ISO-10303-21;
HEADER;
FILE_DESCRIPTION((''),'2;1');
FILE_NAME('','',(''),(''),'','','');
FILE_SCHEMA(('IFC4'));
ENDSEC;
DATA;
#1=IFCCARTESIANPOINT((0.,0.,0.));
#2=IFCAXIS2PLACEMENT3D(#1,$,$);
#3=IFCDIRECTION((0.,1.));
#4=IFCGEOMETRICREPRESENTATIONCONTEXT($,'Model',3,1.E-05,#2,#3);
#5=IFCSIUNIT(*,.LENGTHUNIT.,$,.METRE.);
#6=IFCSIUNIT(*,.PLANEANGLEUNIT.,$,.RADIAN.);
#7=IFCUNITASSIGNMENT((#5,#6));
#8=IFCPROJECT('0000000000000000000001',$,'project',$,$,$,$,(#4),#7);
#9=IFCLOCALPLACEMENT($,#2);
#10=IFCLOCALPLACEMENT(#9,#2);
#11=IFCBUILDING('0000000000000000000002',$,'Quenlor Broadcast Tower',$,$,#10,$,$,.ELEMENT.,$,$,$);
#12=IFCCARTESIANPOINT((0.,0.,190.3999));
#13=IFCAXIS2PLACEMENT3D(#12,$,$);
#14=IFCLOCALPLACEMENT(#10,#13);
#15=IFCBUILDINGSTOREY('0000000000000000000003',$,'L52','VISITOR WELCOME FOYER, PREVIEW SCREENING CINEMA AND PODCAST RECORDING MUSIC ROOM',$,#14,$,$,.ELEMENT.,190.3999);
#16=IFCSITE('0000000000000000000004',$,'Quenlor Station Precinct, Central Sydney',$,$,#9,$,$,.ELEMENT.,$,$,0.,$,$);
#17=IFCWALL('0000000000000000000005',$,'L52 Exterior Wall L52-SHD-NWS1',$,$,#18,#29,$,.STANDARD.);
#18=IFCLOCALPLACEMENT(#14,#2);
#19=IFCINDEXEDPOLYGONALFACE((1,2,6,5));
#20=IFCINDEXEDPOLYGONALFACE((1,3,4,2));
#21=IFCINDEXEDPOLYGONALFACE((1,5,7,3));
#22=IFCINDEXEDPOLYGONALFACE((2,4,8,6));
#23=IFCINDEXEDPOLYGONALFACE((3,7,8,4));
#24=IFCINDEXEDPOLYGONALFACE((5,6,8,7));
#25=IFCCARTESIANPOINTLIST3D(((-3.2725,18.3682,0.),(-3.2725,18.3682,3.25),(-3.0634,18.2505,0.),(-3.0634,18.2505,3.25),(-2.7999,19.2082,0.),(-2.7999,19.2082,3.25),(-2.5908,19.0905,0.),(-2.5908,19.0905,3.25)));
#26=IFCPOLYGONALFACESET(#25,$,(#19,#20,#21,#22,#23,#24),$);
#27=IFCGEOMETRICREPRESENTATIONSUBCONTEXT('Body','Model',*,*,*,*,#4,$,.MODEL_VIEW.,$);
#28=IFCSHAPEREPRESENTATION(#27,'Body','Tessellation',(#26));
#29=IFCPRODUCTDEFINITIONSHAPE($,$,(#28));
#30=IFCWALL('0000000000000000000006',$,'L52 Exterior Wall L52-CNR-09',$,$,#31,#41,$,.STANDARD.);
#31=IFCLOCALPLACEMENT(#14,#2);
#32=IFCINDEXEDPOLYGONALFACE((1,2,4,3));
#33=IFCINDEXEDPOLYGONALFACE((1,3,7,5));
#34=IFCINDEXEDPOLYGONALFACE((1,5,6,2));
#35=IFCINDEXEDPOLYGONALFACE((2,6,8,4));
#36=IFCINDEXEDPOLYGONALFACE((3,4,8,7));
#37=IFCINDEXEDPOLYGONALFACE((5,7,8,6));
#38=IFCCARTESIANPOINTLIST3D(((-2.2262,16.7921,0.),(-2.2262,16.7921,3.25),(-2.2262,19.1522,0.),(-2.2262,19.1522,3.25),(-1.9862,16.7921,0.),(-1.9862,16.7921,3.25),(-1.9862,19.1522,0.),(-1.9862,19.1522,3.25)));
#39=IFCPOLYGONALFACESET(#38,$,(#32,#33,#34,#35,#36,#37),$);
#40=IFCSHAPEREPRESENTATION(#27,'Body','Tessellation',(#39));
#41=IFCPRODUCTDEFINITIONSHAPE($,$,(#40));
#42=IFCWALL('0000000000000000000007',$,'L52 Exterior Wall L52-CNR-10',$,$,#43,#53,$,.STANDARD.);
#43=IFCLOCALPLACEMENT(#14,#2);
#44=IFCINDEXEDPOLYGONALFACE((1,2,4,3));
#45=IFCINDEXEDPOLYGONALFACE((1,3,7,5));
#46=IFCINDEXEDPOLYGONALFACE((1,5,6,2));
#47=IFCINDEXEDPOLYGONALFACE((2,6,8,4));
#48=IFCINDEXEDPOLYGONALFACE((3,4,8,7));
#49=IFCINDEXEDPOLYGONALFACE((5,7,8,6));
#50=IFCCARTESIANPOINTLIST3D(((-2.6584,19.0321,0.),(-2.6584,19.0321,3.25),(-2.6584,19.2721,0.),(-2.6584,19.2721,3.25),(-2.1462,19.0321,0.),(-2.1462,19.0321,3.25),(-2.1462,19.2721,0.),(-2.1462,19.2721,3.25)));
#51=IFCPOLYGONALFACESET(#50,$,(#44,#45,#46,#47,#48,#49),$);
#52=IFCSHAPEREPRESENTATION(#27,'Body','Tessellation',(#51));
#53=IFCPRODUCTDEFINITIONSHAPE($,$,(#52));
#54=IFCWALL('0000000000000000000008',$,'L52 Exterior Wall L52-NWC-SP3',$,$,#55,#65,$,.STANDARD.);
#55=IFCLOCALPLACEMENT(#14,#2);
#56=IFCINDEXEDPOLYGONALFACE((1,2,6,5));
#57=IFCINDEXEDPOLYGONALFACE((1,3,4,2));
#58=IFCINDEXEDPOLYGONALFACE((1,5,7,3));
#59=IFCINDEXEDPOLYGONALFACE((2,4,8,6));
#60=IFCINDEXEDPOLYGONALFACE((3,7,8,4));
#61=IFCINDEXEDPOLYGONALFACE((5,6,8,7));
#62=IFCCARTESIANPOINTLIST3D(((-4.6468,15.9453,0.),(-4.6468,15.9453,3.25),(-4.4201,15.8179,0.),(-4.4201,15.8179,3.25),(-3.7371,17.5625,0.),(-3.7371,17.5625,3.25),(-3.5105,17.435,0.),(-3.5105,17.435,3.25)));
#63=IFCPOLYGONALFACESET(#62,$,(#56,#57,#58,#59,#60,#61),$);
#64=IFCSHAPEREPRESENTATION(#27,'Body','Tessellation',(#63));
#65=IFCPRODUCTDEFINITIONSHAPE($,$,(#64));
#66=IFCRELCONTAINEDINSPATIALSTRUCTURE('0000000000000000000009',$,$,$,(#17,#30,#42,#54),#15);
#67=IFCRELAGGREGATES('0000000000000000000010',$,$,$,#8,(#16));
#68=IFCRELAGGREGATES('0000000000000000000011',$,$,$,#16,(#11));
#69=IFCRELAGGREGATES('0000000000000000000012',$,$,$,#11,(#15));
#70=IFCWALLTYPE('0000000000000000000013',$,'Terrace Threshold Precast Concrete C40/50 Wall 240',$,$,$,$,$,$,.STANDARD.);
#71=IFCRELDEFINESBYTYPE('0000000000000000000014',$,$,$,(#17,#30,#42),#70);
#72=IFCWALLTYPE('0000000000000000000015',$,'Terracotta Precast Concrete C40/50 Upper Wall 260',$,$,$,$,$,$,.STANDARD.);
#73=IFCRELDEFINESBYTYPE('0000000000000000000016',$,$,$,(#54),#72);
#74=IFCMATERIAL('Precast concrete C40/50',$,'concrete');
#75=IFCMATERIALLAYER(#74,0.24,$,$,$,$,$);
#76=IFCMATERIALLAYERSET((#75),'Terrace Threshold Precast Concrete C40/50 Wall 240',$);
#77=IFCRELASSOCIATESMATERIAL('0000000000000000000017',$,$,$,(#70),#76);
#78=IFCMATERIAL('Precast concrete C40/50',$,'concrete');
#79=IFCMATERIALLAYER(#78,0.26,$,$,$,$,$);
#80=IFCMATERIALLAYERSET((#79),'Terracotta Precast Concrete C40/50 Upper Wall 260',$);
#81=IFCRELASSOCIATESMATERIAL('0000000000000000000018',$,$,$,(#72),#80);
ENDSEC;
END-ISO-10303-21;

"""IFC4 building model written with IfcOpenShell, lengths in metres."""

from ifc_helpers import new_model, si_unit, direction, frame, frame_2d, origin, place, context, subcontext, project, spatial, rectangle, extrude, material, layer, layer_set, type_object, element, save


model = new_model("IFC4")

# Units and contexts
model_context = context("Model", 3, precision=1e-05, world=origin(), true_north=direction((0.0, 1.0)))
body_context = subcontext(model_context, "Body", "Model", "MODEL_VIEW")
ifc_project = project(units=[si_unit("LENGTHUNIT", "METRE"), si_unit("PLANEANGLEUNIT", "RADIAN")], contexts=[model_context])

# Site, building, storey
site_placement = place(None, origin())
site = spatial("IfcSite", under=ifc_project, at=site_placement, Name="Quenlor Station Precinct, Central Sydney", CompositionType="ELEMENT", RefElevation=0.0)
building_placement = place(site_placement, origin())
building = spatial("IfcBuilding", under=site, at=building_placement, Name="Quenlor Broadcast Tower", CompositionType="ELEMENT")
storey_placement = place(building_placement, frame((0.0, 0.0, 190.3999)))
storey = spatial("IfcBuildingStorey", under=building, at=storey_placement, Name="L52", Description="VISITOR WELCOME FOYER, PREVIEW SCREENING CINEMA AND PODCAST RECORDING MUSIC ROOM", CompositionType="ELEMENT", Elevation=190.3999)

# Walls
ifc_material_1 = material(Name="Precast concrete C40/50", Category="concrete")
ifc_layer_1 = layer(ifc_material_1, 0.24)
ifc_layer_set_1 = layer_set([ifc_layer_1], Name="Terrace Threshold Precast Concrete C40/50 Wall 240")
wall_type_1 = type_object("IfcWallType", Name="Terrace Threshold Precast Concrete C40/50 Wall 240", PredefinedType="STANDARD", material=ifc_layer_set_1)
wall_1_placement = place(storey_placement, frame((-3.168, 18.3093, 0.0), z_axis=(0.0, 0.0, 1.0), x_axis=(0.490345, 0.871528, 0.0)))
element("IfcWall", 1, at=wall_1_placement, inside=storey, type_object=wall_type_1, Name="L52 Exterior Wall L52-SHD-NWS1", PredefinedType="STANDARD", context=body_context, shape_type="SweptSolid", body=[
    extrude(rectangle(XDim=0.9639, YDim=0.24, at=frame_2d((0.4819, 0.0))), origin(), (0.0, 0.0, 1.0), 3.25),
])
wall_2_placement = place(storey_placement, frame((-2.1062, 16.792, 0.0), z_axis=(0.0, 0.0, 1.0), x_axis=(0.0, 1.0, 0.0)))
element("IfcWall", 2, at=wall_2_placement, inside=storey, type_object=wall_type_1, Name="L52 Exterior Wall L52-CNR-09", PredefinedType="STANDARD", context=body_context, shape_type="SweptSolid", body=[
    extrude(rectangle(XDim=2.3601, YDim=0.24, at=frame_2d((1.1802, 0.0))), origin(), (0.0, 0.0, 1.0), 3.25),
])
wall_3_placement = place(storey_placement, frame((-2.1462, 19.1521, 0.0), z_axis=(0.0, 0.0, 1.0), x_axis=(-1.0, 0.0, 0.0)))
element("IfcWall", 3, at=wall_3_placement, inside=storey, type_object=wall_type_1, Name="L52 Exterior Wall L52-CNR-10", PredefinedType="STANDARD", context=body_context, shape_type="SweptSolid", body=[
    extrude(rectangle(XDim=0.5122, YDim=0.24, at=frame_2d((0.2561, 0.0))), origin(), (0.0, 0.0, 1.0), 3.25),
])
ifc_material_2 = material(Name="Precast concrete C40/50", Category="concrete")
ifc_layer_2 = layer(ifc_material_2, 0.26)
ifc_layer_set_2 = layer_set([ifc_layer_2], Name="Terracotta Precast Concrete C40/50 Upper Wall 260")
wall_type_2 = type_object("IfcWallType", Name="Terracotta Precast Concrete C40/50 Upper Wall 260", PredefinedType="STANDARD", material=ifc_layer_set_2)
wall_4_placement = place(storey_placement, frame((-4.5334, 15.8816, 0.0), z_axis=(0.0, 0.0, 1.0), x_axis=(0.490261, 0.871576, 0.0)))
element("IfcWall", 4, at=wall_4_placement, inside=storey, type_object=wall_type_2, Name="L52 Exterior Wall L52-NWC-SP3", PredefinedType="STANDARD", context=body_context, shape_type="SweptSolid", body=[
    extrude(rectangle(XDim=1.8555, YDim=0.26, at=frame_2d((0.9277, 0.0))), origin(), (0.0, 0.0, 1.0), 3.25),
])

save(model, "model.ifc")
